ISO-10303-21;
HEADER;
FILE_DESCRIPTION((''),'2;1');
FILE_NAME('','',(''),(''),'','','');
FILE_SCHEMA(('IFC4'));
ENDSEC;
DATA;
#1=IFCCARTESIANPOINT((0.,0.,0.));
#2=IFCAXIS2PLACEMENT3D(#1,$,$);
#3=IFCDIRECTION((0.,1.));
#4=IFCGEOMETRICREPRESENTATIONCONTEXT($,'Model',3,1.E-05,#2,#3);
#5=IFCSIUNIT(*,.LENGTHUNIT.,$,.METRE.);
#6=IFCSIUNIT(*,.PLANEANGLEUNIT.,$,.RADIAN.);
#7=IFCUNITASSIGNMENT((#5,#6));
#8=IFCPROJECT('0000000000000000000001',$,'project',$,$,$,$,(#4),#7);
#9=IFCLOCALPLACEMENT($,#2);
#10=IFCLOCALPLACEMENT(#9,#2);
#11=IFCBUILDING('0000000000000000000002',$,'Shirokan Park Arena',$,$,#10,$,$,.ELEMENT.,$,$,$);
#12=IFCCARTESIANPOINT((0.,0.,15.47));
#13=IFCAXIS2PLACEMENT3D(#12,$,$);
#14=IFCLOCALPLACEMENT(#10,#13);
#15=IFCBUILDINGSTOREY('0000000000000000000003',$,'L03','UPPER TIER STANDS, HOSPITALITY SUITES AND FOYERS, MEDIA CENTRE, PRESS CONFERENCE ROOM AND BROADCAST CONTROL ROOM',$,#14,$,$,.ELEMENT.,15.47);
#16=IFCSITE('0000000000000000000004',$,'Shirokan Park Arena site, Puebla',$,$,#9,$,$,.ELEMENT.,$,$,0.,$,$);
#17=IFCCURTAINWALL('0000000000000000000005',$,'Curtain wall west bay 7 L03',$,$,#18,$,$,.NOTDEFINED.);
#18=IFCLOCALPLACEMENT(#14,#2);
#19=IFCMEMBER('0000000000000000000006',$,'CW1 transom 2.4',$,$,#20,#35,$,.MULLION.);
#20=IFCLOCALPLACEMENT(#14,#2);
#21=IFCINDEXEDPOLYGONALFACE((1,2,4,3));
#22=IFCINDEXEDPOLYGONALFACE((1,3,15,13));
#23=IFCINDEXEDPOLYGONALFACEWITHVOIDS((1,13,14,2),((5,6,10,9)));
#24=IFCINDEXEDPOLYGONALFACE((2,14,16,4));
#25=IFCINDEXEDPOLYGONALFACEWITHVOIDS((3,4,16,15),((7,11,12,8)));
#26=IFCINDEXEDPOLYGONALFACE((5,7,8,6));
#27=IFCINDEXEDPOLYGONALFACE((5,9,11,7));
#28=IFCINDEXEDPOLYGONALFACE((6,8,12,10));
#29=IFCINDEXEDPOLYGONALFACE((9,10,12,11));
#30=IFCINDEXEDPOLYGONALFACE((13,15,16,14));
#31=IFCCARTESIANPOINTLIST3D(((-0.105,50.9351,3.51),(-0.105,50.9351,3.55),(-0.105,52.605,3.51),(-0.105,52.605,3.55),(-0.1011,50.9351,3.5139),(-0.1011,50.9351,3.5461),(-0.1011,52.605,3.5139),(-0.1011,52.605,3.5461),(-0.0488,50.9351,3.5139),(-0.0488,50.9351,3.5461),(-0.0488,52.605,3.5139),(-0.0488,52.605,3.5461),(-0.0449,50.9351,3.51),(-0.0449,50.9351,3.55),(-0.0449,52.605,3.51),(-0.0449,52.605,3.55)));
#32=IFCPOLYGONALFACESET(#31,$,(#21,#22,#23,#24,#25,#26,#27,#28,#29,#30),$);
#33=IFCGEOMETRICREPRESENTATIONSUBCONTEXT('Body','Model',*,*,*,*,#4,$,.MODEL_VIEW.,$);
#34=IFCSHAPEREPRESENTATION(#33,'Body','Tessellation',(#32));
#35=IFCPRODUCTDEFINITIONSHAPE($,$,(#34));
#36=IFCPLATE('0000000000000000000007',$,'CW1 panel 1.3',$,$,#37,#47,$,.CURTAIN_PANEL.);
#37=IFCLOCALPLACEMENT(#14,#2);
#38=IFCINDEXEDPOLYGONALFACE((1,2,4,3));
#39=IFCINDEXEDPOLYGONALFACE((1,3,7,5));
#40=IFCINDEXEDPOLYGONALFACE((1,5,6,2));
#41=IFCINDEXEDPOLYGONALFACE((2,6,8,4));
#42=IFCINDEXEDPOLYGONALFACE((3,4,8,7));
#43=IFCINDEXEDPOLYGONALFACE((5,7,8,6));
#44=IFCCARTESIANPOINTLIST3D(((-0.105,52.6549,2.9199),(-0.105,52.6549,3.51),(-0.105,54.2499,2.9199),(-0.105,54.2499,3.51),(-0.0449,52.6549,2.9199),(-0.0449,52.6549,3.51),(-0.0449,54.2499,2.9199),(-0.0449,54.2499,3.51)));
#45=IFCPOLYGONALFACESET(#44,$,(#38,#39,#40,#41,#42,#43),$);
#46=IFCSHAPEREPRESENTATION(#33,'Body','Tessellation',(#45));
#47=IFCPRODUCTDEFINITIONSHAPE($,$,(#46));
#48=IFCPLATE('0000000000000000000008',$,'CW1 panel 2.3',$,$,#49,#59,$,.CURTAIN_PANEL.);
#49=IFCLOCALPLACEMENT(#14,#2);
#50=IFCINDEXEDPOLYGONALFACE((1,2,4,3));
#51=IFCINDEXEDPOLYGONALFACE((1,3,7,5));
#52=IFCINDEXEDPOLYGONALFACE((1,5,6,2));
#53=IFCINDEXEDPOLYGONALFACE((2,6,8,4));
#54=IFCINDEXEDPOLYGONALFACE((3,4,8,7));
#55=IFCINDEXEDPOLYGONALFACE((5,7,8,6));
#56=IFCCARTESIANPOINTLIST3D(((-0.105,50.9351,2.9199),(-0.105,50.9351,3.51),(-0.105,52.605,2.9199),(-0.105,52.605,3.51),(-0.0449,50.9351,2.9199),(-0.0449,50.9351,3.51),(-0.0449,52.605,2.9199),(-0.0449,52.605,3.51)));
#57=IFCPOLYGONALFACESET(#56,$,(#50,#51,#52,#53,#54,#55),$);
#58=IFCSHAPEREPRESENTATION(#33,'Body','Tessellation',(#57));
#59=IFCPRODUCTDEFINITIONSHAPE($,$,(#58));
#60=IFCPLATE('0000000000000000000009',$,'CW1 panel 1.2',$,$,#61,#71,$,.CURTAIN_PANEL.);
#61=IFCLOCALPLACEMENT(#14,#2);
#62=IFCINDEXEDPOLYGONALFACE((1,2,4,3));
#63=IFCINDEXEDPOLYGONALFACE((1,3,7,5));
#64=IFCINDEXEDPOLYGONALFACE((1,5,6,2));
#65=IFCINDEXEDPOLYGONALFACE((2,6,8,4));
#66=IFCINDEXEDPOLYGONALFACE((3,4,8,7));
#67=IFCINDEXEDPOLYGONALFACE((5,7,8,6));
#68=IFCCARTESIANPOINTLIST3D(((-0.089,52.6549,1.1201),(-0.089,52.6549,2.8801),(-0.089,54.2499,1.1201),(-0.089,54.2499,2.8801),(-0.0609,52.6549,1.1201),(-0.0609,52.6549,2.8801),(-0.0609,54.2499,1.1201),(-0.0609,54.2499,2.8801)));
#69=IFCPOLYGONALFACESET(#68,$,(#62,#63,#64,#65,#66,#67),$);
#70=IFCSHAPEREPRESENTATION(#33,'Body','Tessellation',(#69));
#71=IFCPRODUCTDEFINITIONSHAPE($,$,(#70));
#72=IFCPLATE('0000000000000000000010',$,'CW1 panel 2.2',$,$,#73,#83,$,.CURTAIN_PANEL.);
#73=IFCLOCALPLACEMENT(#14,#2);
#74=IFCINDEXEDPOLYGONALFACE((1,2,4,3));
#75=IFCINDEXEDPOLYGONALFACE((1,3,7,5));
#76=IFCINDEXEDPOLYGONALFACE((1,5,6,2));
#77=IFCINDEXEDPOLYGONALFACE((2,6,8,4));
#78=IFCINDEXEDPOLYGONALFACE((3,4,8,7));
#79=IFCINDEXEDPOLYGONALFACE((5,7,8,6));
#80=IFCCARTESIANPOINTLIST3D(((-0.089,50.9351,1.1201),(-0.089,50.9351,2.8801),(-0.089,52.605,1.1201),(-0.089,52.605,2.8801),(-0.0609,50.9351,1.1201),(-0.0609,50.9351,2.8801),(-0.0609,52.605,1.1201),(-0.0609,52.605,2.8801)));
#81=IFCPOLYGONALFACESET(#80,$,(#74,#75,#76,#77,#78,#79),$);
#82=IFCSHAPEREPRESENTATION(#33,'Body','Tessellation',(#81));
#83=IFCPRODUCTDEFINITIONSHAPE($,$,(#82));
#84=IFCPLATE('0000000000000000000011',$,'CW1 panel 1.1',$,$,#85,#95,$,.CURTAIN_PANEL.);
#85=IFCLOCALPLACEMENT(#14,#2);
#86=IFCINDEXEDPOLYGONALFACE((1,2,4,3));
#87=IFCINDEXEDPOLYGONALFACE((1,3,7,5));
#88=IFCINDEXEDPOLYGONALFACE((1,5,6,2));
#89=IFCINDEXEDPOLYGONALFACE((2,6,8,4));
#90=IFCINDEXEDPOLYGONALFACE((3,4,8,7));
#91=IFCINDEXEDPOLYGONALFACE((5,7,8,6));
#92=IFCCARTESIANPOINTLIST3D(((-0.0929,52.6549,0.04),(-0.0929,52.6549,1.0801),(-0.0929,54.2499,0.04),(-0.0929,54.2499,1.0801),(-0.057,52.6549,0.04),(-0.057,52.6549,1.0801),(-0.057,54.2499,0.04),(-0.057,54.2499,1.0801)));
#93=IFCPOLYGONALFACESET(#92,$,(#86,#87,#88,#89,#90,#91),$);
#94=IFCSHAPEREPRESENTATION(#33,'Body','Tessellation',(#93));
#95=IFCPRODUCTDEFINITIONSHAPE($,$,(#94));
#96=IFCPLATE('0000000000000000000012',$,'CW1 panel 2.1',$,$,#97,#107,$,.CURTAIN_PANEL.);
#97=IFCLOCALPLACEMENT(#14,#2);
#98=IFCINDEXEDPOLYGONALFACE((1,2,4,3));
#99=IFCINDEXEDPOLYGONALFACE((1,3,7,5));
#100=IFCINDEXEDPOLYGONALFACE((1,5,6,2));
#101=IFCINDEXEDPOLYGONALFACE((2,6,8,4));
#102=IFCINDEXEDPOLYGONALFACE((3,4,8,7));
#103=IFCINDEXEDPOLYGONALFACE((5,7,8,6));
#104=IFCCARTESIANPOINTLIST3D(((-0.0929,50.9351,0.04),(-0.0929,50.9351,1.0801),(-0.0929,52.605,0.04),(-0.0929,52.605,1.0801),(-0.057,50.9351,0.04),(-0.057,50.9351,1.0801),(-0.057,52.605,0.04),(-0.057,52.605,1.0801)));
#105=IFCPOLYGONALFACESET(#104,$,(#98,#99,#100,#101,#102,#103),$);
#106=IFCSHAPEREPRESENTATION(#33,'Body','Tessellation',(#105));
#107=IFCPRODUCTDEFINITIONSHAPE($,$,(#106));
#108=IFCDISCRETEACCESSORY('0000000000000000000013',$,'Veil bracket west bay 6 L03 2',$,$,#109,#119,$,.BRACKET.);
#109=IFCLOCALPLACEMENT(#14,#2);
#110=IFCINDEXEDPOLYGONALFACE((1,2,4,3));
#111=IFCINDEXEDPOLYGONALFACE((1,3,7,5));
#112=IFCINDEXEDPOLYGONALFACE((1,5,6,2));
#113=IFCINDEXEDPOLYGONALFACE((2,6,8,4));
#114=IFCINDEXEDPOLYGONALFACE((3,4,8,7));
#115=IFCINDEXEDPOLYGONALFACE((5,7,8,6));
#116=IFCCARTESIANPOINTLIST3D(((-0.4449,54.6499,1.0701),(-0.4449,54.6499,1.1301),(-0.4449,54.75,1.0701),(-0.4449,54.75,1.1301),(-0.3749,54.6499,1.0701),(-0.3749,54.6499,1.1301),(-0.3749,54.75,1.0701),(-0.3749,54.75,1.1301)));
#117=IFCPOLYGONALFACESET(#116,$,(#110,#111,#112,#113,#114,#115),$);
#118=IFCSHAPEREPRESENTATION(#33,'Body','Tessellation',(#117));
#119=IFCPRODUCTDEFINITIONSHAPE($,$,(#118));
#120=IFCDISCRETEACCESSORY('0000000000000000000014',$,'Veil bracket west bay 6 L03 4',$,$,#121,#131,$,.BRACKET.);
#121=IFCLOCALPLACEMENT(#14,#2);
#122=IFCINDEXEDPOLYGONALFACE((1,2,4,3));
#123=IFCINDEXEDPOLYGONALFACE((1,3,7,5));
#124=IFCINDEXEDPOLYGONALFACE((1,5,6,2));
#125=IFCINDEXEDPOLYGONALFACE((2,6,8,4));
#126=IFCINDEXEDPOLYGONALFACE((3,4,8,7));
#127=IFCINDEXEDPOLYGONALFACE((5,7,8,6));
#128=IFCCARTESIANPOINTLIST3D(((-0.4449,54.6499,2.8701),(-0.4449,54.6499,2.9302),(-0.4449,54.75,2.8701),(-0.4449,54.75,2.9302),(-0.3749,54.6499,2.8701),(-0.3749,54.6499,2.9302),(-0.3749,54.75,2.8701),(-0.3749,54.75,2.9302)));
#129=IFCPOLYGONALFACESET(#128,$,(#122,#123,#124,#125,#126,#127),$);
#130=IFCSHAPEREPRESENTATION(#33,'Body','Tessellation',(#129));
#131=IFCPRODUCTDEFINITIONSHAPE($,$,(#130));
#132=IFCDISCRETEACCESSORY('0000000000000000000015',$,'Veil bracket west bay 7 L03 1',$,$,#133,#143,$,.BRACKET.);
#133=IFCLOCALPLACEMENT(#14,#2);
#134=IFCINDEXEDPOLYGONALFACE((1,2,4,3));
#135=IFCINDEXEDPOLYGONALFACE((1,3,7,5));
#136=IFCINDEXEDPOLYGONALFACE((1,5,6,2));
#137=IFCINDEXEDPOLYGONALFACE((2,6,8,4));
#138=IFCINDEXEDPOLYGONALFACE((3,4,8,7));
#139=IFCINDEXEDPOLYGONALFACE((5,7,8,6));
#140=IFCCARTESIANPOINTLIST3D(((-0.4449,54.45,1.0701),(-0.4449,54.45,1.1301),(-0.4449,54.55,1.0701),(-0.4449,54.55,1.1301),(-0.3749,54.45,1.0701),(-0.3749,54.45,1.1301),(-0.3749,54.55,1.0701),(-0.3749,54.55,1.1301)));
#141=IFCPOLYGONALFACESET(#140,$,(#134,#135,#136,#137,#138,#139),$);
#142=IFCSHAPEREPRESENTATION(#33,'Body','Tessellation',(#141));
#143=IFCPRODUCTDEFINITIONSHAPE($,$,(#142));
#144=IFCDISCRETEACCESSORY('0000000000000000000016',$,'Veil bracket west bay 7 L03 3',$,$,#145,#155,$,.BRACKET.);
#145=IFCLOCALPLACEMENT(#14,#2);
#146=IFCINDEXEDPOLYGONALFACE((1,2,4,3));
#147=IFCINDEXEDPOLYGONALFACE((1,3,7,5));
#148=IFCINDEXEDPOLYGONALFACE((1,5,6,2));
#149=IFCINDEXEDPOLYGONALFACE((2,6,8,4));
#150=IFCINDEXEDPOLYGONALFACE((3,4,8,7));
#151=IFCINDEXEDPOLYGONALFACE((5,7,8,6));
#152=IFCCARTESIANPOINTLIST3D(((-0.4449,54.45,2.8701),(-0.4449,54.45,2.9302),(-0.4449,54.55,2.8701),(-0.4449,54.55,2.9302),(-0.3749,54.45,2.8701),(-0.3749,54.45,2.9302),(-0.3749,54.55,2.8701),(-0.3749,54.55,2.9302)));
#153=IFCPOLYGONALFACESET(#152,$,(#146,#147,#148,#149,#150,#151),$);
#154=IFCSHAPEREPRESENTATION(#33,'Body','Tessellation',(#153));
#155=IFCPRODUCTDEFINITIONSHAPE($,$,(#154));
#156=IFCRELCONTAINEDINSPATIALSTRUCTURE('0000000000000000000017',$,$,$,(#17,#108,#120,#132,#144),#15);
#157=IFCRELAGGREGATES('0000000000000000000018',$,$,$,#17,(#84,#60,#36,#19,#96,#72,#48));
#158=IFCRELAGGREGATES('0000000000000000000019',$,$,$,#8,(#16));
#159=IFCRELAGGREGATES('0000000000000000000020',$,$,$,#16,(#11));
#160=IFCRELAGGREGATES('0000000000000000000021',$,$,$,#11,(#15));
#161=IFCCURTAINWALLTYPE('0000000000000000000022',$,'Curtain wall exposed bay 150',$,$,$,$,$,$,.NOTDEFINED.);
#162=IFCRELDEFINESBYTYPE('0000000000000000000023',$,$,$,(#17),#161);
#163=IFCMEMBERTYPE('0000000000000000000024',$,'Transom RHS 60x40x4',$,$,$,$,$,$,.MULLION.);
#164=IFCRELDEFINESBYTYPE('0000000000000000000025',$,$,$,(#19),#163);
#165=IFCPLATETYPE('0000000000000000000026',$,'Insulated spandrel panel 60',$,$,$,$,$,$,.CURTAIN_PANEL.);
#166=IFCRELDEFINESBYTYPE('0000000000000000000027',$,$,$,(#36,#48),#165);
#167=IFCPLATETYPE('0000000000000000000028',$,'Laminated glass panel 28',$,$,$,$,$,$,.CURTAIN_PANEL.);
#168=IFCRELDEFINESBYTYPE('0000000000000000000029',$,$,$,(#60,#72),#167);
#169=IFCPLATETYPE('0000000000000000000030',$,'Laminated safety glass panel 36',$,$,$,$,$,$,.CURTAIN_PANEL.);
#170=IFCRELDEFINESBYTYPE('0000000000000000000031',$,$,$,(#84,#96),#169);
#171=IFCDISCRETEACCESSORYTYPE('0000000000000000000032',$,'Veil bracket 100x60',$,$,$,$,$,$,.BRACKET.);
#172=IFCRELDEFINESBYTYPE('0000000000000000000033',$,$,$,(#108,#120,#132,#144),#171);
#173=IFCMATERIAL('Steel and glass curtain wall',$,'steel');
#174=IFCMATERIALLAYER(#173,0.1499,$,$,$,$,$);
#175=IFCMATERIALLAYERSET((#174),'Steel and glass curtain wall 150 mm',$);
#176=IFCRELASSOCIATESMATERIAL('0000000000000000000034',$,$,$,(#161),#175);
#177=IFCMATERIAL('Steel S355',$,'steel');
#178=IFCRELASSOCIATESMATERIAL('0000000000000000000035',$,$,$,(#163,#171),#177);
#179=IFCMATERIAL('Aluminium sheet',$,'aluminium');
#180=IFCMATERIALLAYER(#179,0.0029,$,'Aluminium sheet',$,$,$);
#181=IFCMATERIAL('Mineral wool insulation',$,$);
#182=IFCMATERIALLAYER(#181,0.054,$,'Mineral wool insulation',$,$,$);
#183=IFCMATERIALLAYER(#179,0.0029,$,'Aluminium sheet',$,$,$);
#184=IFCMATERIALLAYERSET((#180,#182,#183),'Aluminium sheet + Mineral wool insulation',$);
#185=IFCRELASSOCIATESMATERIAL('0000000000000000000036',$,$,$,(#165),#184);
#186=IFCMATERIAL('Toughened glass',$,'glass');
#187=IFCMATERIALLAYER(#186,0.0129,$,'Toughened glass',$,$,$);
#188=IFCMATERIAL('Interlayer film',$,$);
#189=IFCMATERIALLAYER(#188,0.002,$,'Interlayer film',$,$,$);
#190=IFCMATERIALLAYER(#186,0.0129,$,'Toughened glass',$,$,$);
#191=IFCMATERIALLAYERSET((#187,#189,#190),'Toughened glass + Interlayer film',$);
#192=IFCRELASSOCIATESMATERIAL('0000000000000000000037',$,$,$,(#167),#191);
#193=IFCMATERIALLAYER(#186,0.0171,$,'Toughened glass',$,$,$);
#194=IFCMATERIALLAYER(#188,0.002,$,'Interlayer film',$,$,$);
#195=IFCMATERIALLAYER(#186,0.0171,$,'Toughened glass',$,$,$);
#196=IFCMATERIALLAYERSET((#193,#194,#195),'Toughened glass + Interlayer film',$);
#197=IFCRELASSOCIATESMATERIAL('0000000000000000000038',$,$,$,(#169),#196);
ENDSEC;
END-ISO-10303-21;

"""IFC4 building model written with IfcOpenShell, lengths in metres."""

from ifc_helpers import new_model, si_unit, direction, frame, origin, origin_2d, place, context, subcontext, project, spatial, rectangle, hollow_rectangle, extrude, material, layer, layer_set, material_profile, profile_set, type_object, element, aggregate, save


model = new_model("IFC4")

# Units and contexts
model_context = context("Model", 3, precision=1e-05, world=origin(), true_north=direction((0.0, 1.0)))
body_context = subcontext(model_context, "Body", "Model", "MODEL_VIEW")
ifc_project = project(units=[si_unit("LENGTHUNIT", "METRE"), si_unit("PLANEANGLEUNIT", "RADIAN")], contexts=[model_context])

# Site, building, storey
site_placement = place(None, origin())
site = spatial("IfcSite", under=ifc_project, at=site_placement, Name="Shirokan Park Arena site, Puebla", CompositionType="ELEMENT", RefElevation=0.0)
building_placement = place(site_placement, origin())
building = spatial("IfcBuilding", under=site, at=building_placement, Name="Shirokan Park Arena", CompositionType="ELEMENT")
storey_placement = place(building_placement, frame((0.0, 0.0, 15.47)))
storey = spatial("IfcBuildingStorey", under=building, at=storey_placement, Name="L03", Description="UPPER TIER STANDS, HOSPITALITY SUITES AND FOYERS, MEDIA CENTRE, PRESS CONFERENCE ROOM AND BROADCAST CONTROL ROOM", CompositionType="ELEMENT", Elevation=15.47)

# Shared definitions
ifc_material_1 = material(Name="Steel and glass curtain wall", Category="steel")
ifc_layer_1 = layer(ifc_material_1, 0.1499)
ifc_layer_set_1 = layer_set([ifc_layer_1], Name="Steel and glass curtain wall 150 mm")
curtain_wall_type = type_object("IfcCurtainWallType", Name="Curtain wall exposed bay 150", PredefinedType="NOTDEFINED", material=ifc_layer_set_1)
ifc_material_2 = material(Name="Steel S355", Category="steel")

# Curtain wall, member, plates
curtain_wall_1_placement = place(storey_placement, origin())
curtain_wall_1 = element("IfcCurtainWall", 1, at=curtain_wall_1_placement, inside=storey, type_object=curtain_wall_type, Name="Curtain wall west bay 7 L03", PredefinedType="NOTDEFINED")
ifc_material_profile_1 = material_profile(ifc_material_2, hollow_rectangle(XDim=0.0601, YDim=0.04, WallThickness=0.0039, at=origin_2d()), Name="RHS 60x40x4")
ifc_profile_set_1 = profile_set([ifc_material_profile_1], Name="Steel S355")
member_type_1 = type_object("IfcMemberType", Name="Transom RHS 60x40x4", PredefinedType="MULLION", material=ifc_profile_set_1)
member_1_placement = place(storey_placement, frame((-0.075, 52.605, 3.53), z_axis=(0.0, -1.0, 0.0), x_axis=(1.0, 0.0, 0.0)))
member_1 = element("IfcMember", 2, at=member_1_placement, type_object=member_type_1, Name="CW1 transom 2.4", PredefinedType="MULLION", context=body_context, shape_type="SweptSolid", body=[
    extrude(hollow_rectangle(XDim=0.0601, YDim=0.04, WallThickness=0.0039, at=origin_2d()), origin(), (0.0, 0.0, 1.0), 1.6699),
])
ifc_material_3 = material(Name="Aluminium sheet", Category="aluminium")
ifc_layer_2 = layer(ifc_material_3, 0.0029, Name="Aluminium sheet")
ifc_material_4 = material(Name="Mineral wool insulation")
ifc_layer_3 = layer(ifc_material_4, 0.054, Name="Mineral wool insulation")
ifc_layer_4 = layer(ifc_material_3, 0.0029, Name="Aluminium sheet")
ifc_layer_set_2 = layer_set([ifc_layer_2, ifc_layer_3, ifc_layer_4], Name="Aluminium sheet + Mineral wool insulation")
plate_type_1 = type_object("IfcPlateType", Name="Insulated spandrel panel 60", PredefinedType="CURTAIN_PANEL", material=ifc_layer_set_2)
plate_1_placement = place(storey_placement, frame((-0.075, 53.4524, 2.9199), z_axis=(0.0, 0.0, 1.0), x_axis=(0.0, -1.0, 0.0)))
plate_1 = element("IfcPlate", 3, at=plate_1_placement, type_object=plate_type_1, Name="CW1 panel 1.3", PredefinedType="CURTAIN_PANEL", context=body_context, shape_type="SweptSolid", body=[
    extrude(rectangle(XDim=1.595, YDim=0.0601, at=origin_2d()), origin(), (0.0, 0.0, 1.0), 0.5901),
])
plate_2_placement = place(storey_placement, frame((-0.075, 51.77, 2.9199), z_axis=(0.0, 0.0, 1.0), x_axis=(0.0, -1.0, 0.0)))
plate_2 = element("IfcPlate", 4, at=plate_2_placement, type_object=plate_type_1, Name="CW1 panel 2.3", PredefinedType="CURTAIN_PANEL", context=body_context, shape_type="SweptSolid", body=[
    extrude(rectangle(XDim=1.6699, YDim=0.0601, at=origin_2d()), origin(), (0.0, 0.0, 1.0), 0.5901),
])
ifc_material_5 = material(Name="Toughened glass", Category="glass")
ifc_layer_5 = layer(ifc_material_5, 0.0129, Name="Toughened glass")
ifc_material_6 = material(Name="Interlayer film")
ifc_layer_6 = layer(ifc_material_6, 0.002, Name="Interlayer film")
ifc_layer_7 = layer(ifc_material_5, 0.0129, Name="Toughened glass")
ifc_layer_set_3 = layer_set([ifc_layer_5, ifc_layer_6, ifc_layer_7], Name="Toughened glass + Interlayer film")
plate_type_2 = type_object("IfcPlateType", Name="Laminated glass panel 28", PredefinedType="CURTAIN_PANEL", material=ifc_layer_set_3)
plate_3_placement = place(storey_placement, frame((-0.075, 53.4524, 1.1201), z_axis=(0.0, 0.0, 1.0), x_axis=(0.0, -1.0, 0.0)))
plate_3 = element("IfcPlate", 5, at=plate_3_placement, type_object=plate_type_2, Name="CW1 panel 1.2", PredefinedType="CURTAIN_PANEL", context=body_context, shape_type="SweptSolid", body=[
    extrude(rectangle(XDim=1.595, YDim=0.0281, at=origin_2d()), origin(), (0.0, 0.0, 1.0), 1.76),
])
plate_4_placement = place(storey_placement, frame((-0.075, 51.77, 1.1201), z_axis=(0.0, 0.0, 1.0), x_axis=(0.0, -1.0, 0.0)))
plate_4 = element("IfcPlate", 6, at=plate_4_placement, type_object=plate_type_2, Name="CW1 panel 2.2", PredefinedType="CURTAIN_PANEL", context=body_context, shape_type="SweptSolid", body=[
    extrude(rectangle(XDim=1.6699, YDim=0.0281, at=origin_2d()), origin(), (0.0, 0.0, 1.0), 1.76),
])
ifc_layer_8 = layer(ifc_material_5, 0.0171, Name="Toughened glass")
ifc_layer_9 = layer(ifc_material_6, 0.002, Name="Interlayer film")
ifc_layer_10 = layer(ifc_material_5, 0.0171, Name="Toughened glass")
ifc_layer_set_4 = layer_set([ifc_layer_8, ifc_layer_9, ifc_layer_10], Name="Toughened glass + Interlayer film")
plate_type_3 = type_object("IfcPlateType", Name="Laminated safety glass panel 36", PredefinedType="CURTAIN_PANEL", material=ifc_layer_set_4)
plate_5_placement = place(storey_placement, frame((-0.075, 53.4524, 0.04), z_axis=(0.0, 0.0, 1.0), x_axis=(0.0, -1.0, 0.0)))
plate_5 = element("IfcPlate", 7, at=plate_5_placement, type_object=plate_type_3, Name="CW1 panel 1.1", PredefinedType="CURTAIN_PANEL", context=body_context, shape_type="SweptSolid", body=[
    extrude(rectangle(XDim=1.595, YDim=0.0359, at=origin_2d()), origin(), (0.0, 0.0, 1.0), 1.04),
])
plate_6_placement = place(storey_placement, frame((-0.075, 51.77, 0.04), z_axis=(0.0, 0.0, 1.0), x_axis=(0.0, -1.0, 0.0)))
plate_6 = element("IfcPlate", 8, at=plate_6_placement, type_object=plate_type_3, Name="CW1 panel 2.1", PredefinedType="CURTAIN_PANEL", context=body_context, shape_type="SweptSolid", body=[
    extrude(rectangle(XDim=1.6699, YDim=0.0359, at=origin_2d()), origin(), (0.0, 0.0, 1.0), 1.04),
])
aggregate(curtain_wall_1, [plate_5, plate_3, plate_1, member_1, plate_6, plate_4, plate_2])

# Discrete accessories
discrete_accessory_type = type_object("IfcDiscreteAccessoryType", Name="Veil bracket 100x60", PredefinedType="BRACKET", material=ifc_material_2)
for number, where, z_axis, x_axis, name in (
    (9, (-0.4099, 54.7, 1.0701), (0.0, 0.0, 1.0), (0.0, -1.0, 0.0), "Veil bracket west bay 6 L03 2"),
    (10, (-0.4099, 54.7, 2.8701), (0.0, 0.0, 1.0), (0.0, -1.0, 0.0), "Veil bracket west bay 6 L03 4"),
    (11, (-0.4099, 54.5, 1.0701), (0.0, 0.0, 1.0), (0.0, -1.0, 0.0), "Veil bracket west bay 7 L03 1"),
    (12, (-0.4099, 54.5, 2.8701), (0.0, 0.0, 1.0), (0.0, -1.0, 0.0), "Veil bracket west bay 7 L03 3"),
):
    element("IfcDiscreteAccessory", number, at=place(storey_placement, frame(where, z_axis=z_axis, x_axis=x_axis)), inside=storey, type_object=discrete_accessory_type, Name=name, PredefinedType="BRACKET", context=body_context, shape_type="SweptSolid", body=[
        extrude(rectangle(XDim=0.1001, YDim=0.0701, at=origin_2d()), origin(), (0.0, 0.0, 1.0), 0.0601),
    ])

save(model, "model.ifc")
